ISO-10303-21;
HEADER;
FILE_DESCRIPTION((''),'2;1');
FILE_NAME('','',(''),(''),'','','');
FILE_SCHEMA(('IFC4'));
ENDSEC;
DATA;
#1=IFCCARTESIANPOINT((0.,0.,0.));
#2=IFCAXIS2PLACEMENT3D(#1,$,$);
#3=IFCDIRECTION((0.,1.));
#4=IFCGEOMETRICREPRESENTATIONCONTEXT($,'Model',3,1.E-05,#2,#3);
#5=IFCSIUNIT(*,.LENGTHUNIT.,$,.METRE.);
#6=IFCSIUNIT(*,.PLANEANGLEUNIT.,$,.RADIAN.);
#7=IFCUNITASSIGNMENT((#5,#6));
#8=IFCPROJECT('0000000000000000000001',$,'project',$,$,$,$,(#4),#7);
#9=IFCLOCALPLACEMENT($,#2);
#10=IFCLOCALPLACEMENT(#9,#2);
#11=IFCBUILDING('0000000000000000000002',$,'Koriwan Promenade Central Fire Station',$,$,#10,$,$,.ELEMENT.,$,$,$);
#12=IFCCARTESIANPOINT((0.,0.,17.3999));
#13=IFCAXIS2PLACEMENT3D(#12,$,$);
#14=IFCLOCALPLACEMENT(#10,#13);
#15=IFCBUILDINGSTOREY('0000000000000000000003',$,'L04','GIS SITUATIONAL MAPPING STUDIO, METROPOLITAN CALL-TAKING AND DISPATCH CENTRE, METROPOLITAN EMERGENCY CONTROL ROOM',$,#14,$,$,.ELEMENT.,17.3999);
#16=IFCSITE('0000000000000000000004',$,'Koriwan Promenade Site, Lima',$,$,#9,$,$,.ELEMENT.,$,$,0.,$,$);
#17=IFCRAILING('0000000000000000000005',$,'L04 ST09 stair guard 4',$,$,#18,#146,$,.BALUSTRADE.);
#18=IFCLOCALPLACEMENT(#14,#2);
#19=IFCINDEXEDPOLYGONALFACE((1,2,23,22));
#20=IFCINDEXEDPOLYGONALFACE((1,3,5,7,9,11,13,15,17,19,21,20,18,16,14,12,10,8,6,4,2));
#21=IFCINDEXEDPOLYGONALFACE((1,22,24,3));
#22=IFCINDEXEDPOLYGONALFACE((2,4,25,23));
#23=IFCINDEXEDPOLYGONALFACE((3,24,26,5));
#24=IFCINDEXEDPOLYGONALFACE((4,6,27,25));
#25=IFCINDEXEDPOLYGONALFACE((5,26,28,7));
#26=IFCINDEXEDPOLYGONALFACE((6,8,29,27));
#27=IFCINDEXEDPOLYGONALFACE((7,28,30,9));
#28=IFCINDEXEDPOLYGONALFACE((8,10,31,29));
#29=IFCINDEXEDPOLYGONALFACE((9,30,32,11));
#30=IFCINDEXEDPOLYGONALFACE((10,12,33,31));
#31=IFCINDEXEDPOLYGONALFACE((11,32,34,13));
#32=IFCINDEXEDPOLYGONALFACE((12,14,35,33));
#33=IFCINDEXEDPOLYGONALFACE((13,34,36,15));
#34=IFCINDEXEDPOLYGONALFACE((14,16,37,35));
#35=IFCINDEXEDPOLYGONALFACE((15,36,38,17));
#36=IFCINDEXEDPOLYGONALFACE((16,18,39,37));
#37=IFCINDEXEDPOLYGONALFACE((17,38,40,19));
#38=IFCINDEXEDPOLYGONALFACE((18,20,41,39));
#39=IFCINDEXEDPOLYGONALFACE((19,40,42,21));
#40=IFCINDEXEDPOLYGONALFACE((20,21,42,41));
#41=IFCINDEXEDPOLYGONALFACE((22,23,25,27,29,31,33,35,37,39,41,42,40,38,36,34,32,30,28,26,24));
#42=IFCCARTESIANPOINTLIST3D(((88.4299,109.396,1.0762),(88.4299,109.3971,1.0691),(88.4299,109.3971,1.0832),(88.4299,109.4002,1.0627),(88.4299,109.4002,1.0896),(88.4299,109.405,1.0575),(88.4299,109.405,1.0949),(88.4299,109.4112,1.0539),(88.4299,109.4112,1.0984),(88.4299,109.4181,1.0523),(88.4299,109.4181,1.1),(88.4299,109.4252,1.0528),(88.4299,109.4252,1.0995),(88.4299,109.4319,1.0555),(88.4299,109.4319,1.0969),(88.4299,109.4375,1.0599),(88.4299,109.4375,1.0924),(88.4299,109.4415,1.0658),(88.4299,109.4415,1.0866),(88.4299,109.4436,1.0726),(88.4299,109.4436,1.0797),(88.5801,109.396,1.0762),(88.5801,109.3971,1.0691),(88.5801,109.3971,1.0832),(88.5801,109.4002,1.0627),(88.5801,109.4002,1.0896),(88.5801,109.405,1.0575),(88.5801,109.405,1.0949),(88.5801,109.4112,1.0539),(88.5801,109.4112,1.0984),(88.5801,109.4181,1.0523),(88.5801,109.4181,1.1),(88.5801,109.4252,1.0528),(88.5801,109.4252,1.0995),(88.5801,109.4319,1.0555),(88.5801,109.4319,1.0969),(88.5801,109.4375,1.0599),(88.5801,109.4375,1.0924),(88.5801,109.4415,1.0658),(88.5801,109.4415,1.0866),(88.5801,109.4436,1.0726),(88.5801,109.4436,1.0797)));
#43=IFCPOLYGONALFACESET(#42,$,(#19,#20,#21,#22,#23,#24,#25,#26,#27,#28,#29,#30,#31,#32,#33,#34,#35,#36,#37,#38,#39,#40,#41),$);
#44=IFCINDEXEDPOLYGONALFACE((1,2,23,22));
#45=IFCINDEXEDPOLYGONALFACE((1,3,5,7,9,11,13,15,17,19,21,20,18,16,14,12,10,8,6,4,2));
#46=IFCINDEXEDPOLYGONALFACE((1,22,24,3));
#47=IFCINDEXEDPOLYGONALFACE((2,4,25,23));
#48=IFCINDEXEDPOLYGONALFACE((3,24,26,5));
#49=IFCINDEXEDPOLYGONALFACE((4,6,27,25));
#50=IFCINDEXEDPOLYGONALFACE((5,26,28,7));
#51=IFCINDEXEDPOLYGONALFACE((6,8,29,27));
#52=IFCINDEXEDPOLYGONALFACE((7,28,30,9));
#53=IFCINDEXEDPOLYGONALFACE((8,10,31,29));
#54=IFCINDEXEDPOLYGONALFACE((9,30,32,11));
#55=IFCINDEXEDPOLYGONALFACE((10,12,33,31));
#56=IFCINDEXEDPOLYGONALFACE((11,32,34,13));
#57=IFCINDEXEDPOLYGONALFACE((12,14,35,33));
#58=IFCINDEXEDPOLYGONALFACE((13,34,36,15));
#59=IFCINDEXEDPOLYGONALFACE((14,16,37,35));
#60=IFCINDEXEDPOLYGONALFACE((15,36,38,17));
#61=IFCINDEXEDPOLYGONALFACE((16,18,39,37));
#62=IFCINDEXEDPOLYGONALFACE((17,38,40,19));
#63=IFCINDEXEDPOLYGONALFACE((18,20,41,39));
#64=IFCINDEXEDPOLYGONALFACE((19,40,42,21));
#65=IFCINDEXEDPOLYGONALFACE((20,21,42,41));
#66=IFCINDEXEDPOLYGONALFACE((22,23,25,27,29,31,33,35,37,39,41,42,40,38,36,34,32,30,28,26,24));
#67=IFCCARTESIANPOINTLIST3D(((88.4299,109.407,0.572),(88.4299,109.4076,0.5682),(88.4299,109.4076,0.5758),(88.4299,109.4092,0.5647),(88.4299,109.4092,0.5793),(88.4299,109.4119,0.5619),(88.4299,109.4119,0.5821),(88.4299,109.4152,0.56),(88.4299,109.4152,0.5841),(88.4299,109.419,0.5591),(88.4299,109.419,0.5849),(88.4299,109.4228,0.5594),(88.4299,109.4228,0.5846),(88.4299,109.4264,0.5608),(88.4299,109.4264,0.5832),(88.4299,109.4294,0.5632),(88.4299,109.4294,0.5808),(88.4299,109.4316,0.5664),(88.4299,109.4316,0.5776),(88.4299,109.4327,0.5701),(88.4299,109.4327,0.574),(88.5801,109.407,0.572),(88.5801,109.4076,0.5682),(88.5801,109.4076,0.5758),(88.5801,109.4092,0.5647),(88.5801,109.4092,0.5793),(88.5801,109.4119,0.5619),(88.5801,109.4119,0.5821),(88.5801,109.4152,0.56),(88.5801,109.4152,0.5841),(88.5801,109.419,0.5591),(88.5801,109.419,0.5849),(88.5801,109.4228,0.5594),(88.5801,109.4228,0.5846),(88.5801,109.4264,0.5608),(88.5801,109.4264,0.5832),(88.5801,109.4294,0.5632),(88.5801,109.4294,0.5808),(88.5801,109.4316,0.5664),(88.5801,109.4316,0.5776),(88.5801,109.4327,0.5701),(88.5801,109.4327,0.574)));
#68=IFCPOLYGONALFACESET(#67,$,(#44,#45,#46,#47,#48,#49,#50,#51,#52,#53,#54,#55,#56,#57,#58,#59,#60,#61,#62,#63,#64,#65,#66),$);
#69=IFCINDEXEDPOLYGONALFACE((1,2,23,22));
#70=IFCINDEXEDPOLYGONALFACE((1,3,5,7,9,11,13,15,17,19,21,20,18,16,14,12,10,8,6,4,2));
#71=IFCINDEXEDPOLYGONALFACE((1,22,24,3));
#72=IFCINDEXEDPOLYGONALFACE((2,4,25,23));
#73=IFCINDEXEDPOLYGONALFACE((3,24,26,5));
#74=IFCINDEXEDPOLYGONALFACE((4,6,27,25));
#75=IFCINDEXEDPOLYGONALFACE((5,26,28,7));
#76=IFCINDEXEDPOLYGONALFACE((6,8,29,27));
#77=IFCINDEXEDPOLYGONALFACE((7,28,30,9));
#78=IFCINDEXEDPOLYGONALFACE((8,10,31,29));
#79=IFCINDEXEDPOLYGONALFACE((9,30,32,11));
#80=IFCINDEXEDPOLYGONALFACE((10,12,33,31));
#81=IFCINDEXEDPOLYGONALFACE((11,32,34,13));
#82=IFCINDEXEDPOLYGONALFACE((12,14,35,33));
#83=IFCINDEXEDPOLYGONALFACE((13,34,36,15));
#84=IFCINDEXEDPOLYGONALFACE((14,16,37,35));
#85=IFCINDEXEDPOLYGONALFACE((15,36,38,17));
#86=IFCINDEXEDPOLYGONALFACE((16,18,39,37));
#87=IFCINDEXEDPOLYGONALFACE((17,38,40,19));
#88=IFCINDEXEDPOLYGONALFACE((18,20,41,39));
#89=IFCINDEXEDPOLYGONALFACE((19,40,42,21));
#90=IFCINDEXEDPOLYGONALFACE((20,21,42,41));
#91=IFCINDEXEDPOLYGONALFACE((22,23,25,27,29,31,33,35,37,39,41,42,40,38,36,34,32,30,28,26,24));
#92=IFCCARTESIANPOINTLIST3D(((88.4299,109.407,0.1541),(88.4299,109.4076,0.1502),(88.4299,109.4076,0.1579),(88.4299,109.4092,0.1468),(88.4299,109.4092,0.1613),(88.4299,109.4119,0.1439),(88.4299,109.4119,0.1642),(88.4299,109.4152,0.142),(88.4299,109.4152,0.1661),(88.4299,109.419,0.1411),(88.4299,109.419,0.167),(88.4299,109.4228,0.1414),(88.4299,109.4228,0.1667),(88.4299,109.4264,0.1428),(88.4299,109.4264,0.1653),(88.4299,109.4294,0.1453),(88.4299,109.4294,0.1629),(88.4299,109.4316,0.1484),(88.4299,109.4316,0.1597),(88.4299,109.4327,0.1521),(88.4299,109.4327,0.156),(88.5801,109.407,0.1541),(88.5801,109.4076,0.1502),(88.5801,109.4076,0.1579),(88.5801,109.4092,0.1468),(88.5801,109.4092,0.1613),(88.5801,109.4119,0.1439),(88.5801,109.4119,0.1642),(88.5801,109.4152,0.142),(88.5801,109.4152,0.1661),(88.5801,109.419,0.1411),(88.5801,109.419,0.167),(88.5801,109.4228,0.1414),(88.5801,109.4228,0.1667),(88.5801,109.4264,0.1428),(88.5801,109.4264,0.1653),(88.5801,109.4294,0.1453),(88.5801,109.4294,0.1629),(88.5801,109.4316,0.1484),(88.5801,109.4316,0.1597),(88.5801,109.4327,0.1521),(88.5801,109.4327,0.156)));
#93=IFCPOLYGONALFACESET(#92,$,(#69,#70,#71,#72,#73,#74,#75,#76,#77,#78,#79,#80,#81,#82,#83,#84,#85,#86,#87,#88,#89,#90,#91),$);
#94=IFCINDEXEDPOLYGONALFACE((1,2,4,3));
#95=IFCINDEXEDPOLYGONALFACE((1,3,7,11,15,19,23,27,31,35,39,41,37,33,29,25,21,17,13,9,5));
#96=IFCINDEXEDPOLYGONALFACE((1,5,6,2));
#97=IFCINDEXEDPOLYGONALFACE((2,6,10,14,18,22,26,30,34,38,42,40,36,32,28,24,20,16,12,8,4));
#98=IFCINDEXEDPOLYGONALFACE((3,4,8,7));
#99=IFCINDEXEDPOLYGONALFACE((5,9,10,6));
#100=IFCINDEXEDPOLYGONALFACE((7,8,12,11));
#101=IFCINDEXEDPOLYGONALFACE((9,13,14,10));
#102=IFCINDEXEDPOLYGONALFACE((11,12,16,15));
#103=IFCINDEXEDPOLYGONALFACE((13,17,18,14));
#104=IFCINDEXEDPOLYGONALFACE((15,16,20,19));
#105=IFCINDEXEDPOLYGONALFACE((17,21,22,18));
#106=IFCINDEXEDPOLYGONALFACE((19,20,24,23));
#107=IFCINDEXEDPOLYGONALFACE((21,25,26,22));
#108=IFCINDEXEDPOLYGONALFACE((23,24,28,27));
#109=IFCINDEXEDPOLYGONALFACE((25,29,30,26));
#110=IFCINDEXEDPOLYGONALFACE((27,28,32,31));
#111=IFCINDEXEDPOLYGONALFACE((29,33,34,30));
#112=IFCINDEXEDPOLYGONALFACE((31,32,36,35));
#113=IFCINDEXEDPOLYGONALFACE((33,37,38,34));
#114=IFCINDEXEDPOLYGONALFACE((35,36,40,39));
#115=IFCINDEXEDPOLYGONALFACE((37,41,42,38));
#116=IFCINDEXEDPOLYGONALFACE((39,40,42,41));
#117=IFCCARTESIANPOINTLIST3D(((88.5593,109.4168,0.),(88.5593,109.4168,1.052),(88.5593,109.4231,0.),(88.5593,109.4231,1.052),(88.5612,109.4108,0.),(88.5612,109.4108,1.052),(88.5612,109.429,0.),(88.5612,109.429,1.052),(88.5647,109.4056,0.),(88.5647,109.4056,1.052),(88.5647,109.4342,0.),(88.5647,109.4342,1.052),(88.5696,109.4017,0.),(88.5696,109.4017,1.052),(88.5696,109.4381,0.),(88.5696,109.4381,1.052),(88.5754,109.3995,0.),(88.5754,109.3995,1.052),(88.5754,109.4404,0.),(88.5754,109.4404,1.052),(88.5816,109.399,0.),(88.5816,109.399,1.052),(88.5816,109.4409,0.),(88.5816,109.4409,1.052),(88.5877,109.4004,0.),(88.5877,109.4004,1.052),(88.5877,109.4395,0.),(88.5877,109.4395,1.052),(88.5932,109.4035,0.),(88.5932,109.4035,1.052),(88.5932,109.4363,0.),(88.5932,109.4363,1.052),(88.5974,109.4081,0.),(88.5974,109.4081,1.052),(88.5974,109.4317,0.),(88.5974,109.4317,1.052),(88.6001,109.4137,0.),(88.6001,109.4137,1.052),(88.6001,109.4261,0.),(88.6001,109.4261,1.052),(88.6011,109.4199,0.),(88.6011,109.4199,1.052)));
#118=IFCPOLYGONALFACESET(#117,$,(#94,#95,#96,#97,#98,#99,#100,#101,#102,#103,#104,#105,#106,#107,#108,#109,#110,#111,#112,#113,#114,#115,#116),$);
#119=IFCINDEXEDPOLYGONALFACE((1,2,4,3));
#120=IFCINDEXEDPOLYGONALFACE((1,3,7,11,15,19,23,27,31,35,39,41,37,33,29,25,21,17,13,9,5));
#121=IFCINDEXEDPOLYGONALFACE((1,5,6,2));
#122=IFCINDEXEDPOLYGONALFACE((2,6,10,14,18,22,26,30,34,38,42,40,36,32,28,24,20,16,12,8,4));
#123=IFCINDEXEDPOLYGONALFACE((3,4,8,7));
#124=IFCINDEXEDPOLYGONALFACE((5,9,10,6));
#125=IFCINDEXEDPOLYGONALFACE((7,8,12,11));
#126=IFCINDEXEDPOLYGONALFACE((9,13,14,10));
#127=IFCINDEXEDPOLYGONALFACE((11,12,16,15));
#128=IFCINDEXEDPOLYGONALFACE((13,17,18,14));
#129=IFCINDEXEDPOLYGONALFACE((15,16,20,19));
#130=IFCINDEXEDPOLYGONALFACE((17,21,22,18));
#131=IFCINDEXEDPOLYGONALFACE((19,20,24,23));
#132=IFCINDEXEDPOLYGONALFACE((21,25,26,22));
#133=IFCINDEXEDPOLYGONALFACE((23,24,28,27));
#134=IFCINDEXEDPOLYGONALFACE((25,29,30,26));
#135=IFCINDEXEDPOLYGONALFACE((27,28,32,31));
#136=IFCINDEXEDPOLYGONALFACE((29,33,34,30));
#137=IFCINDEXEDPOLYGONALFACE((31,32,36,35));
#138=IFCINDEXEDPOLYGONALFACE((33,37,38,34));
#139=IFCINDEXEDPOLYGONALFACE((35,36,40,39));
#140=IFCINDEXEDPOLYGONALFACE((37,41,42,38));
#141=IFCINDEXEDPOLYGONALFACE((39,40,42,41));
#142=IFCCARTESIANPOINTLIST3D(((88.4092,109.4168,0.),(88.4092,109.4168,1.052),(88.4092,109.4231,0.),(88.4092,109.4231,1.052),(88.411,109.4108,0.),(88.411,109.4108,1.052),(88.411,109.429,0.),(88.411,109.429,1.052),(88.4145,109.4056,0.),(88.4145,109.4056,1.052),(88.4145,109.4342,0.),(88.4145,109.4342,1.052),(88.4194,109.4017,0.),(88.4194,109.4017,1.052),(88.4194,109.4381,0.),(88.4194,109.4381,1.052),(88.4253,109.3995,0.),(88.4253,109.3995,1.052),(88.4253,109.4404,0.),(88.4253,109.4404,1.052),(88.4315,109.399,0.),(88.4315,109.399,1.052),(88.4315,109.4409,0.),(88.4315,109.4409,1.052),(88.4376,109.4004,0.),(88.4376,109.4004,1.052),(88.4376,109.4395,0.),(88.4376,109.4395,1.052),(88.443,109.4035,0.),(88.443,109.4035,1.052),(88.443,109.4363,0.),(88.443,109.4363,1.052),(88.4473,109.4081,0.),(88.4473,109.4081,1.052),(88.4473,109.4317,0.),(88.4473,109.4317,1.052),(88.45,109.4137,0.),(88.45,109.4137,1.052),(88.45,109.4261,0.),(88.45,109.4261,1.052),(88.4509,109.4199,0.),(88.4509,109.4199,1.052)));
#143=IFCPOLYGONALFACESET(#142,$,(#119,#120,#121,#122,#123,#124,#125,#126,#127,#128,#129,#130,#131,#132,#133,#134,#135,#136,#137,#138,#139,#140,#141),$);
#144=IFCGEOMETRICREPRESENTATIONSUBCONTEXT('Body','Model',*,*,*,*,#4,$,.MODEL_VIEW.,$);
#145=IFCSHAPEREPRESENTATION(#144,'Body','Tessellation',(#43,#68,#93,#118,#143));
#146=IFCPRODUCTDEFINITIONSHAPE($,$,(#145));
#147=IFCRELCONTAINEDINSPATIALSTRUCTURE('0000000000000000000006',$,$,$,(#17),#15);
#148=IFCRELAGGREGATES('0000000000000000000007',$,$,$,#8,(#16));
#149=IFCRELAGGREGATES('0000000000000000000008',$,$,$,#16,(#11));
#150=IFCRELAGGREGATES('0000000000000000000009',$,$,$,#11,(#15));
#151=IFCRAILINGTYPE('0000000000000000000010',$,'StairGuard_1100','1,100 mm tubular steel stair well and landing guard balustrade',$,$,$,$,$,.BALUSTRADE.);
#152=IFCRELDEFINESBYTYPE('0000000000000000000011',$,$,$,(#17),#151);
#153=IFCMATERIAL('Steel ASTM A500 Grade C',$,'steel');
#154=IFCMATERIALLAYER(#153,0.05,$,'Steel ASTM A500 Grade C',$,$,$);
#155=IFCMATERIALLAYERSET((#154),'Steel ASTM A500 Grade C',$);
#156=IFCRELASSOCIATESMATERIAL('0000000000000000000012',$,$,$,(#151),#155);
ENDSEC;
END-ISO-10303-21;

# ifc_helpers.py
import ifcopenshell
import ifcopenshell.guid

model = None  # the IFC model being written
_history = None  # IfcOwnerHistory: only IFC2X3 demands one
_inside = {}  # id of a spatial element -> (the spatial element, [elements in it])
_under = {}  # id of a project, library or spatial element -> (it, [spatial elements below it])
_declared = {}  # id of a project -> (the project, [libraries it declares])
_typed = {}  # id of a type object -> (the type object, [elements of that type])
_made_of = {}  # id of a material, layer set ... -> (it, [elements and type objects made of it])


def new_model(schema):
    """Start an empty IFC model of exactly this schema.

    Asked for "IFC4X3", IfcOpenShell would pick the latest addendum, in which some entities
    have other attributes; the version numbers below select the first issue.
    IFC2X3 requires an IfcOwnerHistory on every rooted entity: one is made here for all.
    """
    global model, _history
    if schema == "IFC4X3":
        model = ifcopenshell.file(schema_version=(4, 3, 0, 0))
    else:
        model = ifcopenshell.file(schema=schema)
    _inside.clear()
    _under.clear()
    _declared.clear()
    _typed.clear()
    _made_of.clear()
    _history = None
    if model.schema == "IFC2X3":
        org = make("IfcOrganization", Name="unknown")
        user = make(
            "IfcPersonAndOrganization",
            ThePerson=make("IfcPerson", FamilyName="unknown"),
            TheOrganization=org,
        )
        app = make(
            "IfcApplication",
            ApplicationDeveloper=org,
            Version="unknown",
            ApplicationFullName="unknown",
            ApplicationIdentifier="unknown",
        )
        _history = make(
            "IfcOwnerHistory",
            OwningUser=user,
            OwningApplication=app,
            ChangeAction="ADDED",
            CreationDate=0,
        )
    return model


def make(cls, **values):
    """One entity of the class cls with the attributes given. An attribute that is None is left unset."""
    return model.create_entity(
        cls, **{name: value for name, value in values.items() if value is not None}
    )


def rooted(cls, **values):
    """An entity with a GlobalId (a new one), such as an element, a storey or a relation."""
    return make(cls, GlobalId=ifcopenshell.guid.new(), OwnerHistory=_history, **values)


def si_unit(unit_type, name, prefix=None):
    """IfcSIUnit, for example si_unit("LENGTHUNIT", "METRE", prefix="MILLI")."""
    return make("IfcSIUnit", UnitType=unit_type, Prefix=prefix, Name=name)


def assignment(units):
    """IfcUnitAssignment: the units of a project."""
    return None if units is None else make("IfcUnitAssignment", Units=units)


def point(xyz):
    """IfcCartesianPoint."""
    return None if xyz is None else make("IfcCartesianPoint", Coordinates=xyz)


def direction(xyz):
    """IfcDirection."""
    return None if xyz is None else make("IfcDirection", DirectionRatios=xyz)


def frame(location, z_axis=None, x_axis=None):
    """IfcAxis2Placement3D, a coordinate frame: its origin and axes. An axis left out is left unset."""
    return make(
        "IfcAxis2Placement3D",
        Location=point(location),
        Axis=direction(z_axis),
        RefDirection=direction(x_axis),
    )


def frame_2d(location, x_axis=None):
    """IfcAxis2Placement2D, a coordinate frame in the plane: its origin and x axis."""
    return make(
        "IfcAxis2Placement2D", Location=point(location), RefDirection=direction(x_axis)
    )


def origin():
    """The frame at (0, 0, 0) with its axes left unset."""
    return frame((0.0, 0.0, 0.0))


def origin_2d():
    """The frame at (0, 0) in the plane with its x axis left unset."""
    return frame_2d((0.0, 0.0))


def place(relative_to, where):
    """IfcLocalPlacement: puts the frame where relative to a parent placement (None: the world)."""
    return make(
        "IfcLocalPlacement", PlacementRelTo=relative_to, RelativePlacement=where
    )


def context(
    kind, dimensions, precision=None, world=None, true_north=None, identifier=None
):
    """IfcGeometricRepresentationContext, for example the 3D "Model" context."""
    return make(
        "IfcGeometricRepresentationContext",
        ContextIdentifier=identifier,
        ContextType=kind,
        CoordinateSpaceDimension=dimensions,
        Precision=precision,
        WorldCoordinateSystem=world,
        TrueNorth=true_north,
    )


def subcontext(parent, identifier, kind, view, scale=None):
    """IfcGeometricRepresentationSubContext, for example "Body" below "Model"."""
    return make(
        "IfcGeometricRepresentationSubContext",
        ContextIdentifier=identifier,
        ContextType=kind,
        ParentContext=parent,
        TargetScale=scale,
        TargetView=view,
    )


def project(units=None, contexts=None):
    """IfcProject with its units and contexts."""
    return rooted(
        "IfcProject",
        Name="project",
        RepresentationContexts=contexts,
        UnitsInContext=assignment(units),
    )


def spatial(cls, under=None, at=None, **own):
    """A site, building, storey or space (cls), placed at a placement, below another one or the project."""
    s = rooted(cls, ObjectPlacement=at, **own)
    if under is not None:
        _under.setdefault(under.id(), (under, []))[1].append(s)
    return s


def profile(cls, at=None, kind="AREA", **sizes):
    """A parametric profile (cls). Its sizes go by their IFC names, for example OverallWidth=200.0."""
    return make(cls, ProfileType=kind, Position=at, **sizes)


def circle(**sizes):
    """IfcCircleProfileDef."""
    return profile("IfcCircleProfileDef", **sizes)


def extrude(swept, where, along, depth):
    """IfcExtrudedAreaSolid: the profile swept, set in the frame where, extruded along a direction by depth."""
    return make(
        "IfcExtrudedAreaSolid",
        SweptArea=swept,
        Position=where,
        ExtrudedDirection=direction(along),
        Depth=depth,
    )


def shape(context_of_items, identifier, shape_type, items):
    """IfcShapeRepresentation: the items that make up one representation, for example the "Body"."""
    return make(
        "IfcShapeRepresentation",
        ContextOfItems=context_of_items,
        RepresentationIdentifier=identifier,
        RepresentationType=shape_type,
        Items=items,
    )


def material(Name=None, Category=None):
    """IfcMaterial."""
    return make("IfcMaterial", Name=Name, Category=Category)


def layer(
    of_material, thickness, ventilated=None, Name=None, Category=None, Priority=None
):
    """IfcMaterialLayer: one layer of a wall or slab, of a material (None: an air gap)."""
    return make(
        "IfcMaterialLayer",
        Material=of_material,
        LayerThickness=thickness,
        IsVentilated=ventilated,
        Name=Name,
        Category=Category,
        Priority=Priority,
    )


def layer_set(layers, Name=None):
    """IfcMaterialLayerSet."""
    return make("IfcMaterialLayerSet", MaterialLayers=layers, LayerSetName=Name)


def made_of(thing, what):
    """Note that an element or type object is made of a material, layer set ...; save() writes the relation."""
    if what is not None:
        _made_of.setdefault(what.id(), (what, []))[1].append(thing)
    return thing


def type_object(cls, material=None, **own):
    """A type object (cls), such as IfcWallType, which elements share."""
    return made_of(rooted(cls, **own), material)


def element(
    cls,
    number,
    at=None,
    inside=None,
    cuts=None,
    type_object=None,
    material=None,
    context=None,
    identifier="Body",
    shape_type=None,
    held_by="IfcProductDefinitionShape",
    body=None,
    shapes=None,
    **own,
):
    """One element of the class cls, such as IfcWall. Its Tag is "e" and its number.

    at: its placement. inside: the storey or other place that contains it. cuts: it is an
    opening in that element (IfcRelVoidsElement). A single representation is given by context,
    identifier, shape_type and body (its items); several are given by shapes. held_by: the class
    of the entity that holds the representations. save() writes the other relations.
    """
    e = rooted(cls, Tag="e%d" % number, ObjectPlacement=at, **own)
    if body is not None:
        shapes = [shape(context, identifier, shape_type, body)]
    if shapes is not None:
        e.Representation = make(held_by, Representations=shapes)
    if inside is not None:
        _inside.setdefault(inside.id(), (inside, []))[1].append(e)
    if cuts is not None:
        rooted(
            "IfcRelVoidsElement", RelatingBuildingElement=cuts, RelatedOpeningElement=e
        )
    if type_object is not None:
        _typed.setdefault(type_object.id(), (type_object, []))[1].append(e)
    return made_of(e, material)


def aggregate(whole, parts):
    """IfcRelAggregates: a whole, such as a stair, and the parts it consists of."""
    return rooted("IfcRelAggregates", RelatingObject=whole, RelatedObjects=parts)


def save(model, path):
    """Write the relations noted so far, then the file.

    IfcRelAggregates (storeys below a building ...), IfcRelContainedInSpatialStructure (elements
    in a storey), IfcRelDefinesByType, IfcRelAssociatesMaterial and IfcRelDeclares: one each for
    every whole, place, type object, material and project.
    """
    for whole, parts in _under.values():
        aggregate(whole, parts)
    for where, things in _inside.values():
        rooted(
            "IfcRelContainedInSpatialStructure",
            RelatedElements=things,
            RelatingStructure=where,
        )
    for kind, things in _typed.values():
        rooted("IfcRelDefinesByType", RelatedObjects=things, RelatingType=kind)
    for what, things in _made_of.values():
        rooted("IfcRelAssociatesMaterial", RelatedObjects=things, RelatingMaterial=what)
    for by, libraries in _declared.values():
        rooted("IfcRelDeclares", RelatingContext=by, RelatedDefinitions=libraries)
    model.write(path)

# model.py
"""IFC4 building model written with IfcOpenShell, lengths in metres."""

from ifc_helpers import new_model, si_unit, direction, frame, origin, origin_2d, place, context, subcontext, project, spatial, circle, extrude, material, layer, layer_set, type_object, element, save


model = new_model("IFC4")

# Units and contexts
model_context = context("Model", 3, precision=1e-05, world=origin(), true_north=direction((0.0, 1.0)))
body_context = subcontext(model_context, "Body", "Model", "MODEL_VIEW")
ifc_project = project(units=[si_unit("LENGTHUNIT", "METRE"), si_unit("PLANEANGLEUNIT", "RADIAN")], contexts=[model_context])

# Site, building, storey
site_placement = place(None, origin())
site = spatial("IfcSite", under=ifc_project, at=site_placement, Name="Koriwan Promenade Site, Lima", CompositionType="ELEMENT", RefElevation=0.0)
building_placement = place(site_placement, origin())
building = spatial("IfcBuilding", under=site, at=building_placement, Name="Koriwan Promenade Central Fire Station", CompositionType="ELEMENT")
storey_placement = place(building_placement, frame((0.0, 0.0, 17.3999)))
storey = spatial("IfcBuildingStorey", under=building, at=storey_placement, Name="L04", Description="GIS SITUATIONAL MAPPING STUDIO, METROPOLITAN CALL-TAKING AND DISPATCH CENTRE, METROPOLITAN EMERGENCY CONTROL ROOM", CompositionType="ELEMENT", Elevation=17.3999)

# Railing
ifc_material_1 = material(Name="Steel ASTM A500 Grade C", Category="steel")
ifc_layer_1 = layer(ifc_material_1, 0.05, Name="Steel ASTM A500 Grade C")
ifc_layer_set_1 = layer_set([ifc_layer_1], Name="Steel ASTM A500 Grade C")
railing_type_1 = type_object("IfcRailingType", Name="StairGuard_1100", Description="1,100 mm tubular steel stair well and landing guard balustrade", PredefinedType="BALUSTRADE", material=ifc_layer_set_1)
railing_1_placement = place(storey_placement, frame((88.5801, 109.4199, 0.0)))
element("IfcRailing", 1, at=railing_1_placement, inside=storey, type_object=railing_type_1, Name="L04 ST09 stair guard 4", PredefinedType="BALUSTRADE", context=body_context, shape_type="SweptSolid", body=[
    extrude(circle(Radius=0.0239, at=origin_2d()), frame((0.0, 0.0, 1.0762), z_axis=(-1.0, 0.0, 0.0), x_axis=(0.0, -1.0, 0.0)), (0.0, 0.0, 1.0), 0.1501),
    extrude(circle(Radius=0.0129, at=origin_2d()), frame((0.0, 0.0, 0.572), z_axis=(-1.0, 0.0, 0.0), x_axis=(0.0, -1.0, 0.0)), (0.0, 0.0, 1.0), 0.1501),
    extrude(circle(Radius=0.0129, at=origin_2d()), frame((0.0, 0.0, 0.1541), z_axis=(-1.0, 0.0, 0.0), x_axis=(0.0, -1.0, 0.0)), (0.0, 0.0, 1.0), 0.1501),
    extrude(circle(Radius=0.021, at=origin_2d()), origin(), (0.0, 0.0, 1.0), 1.052),
    extrude(circle(Radius=0.021, at=origin_2d()), frame((-0.1501, 0.0, 0.0)), (0.0, 0.0, 1.0), 1.052),
])

save(model, "model.ifc")
